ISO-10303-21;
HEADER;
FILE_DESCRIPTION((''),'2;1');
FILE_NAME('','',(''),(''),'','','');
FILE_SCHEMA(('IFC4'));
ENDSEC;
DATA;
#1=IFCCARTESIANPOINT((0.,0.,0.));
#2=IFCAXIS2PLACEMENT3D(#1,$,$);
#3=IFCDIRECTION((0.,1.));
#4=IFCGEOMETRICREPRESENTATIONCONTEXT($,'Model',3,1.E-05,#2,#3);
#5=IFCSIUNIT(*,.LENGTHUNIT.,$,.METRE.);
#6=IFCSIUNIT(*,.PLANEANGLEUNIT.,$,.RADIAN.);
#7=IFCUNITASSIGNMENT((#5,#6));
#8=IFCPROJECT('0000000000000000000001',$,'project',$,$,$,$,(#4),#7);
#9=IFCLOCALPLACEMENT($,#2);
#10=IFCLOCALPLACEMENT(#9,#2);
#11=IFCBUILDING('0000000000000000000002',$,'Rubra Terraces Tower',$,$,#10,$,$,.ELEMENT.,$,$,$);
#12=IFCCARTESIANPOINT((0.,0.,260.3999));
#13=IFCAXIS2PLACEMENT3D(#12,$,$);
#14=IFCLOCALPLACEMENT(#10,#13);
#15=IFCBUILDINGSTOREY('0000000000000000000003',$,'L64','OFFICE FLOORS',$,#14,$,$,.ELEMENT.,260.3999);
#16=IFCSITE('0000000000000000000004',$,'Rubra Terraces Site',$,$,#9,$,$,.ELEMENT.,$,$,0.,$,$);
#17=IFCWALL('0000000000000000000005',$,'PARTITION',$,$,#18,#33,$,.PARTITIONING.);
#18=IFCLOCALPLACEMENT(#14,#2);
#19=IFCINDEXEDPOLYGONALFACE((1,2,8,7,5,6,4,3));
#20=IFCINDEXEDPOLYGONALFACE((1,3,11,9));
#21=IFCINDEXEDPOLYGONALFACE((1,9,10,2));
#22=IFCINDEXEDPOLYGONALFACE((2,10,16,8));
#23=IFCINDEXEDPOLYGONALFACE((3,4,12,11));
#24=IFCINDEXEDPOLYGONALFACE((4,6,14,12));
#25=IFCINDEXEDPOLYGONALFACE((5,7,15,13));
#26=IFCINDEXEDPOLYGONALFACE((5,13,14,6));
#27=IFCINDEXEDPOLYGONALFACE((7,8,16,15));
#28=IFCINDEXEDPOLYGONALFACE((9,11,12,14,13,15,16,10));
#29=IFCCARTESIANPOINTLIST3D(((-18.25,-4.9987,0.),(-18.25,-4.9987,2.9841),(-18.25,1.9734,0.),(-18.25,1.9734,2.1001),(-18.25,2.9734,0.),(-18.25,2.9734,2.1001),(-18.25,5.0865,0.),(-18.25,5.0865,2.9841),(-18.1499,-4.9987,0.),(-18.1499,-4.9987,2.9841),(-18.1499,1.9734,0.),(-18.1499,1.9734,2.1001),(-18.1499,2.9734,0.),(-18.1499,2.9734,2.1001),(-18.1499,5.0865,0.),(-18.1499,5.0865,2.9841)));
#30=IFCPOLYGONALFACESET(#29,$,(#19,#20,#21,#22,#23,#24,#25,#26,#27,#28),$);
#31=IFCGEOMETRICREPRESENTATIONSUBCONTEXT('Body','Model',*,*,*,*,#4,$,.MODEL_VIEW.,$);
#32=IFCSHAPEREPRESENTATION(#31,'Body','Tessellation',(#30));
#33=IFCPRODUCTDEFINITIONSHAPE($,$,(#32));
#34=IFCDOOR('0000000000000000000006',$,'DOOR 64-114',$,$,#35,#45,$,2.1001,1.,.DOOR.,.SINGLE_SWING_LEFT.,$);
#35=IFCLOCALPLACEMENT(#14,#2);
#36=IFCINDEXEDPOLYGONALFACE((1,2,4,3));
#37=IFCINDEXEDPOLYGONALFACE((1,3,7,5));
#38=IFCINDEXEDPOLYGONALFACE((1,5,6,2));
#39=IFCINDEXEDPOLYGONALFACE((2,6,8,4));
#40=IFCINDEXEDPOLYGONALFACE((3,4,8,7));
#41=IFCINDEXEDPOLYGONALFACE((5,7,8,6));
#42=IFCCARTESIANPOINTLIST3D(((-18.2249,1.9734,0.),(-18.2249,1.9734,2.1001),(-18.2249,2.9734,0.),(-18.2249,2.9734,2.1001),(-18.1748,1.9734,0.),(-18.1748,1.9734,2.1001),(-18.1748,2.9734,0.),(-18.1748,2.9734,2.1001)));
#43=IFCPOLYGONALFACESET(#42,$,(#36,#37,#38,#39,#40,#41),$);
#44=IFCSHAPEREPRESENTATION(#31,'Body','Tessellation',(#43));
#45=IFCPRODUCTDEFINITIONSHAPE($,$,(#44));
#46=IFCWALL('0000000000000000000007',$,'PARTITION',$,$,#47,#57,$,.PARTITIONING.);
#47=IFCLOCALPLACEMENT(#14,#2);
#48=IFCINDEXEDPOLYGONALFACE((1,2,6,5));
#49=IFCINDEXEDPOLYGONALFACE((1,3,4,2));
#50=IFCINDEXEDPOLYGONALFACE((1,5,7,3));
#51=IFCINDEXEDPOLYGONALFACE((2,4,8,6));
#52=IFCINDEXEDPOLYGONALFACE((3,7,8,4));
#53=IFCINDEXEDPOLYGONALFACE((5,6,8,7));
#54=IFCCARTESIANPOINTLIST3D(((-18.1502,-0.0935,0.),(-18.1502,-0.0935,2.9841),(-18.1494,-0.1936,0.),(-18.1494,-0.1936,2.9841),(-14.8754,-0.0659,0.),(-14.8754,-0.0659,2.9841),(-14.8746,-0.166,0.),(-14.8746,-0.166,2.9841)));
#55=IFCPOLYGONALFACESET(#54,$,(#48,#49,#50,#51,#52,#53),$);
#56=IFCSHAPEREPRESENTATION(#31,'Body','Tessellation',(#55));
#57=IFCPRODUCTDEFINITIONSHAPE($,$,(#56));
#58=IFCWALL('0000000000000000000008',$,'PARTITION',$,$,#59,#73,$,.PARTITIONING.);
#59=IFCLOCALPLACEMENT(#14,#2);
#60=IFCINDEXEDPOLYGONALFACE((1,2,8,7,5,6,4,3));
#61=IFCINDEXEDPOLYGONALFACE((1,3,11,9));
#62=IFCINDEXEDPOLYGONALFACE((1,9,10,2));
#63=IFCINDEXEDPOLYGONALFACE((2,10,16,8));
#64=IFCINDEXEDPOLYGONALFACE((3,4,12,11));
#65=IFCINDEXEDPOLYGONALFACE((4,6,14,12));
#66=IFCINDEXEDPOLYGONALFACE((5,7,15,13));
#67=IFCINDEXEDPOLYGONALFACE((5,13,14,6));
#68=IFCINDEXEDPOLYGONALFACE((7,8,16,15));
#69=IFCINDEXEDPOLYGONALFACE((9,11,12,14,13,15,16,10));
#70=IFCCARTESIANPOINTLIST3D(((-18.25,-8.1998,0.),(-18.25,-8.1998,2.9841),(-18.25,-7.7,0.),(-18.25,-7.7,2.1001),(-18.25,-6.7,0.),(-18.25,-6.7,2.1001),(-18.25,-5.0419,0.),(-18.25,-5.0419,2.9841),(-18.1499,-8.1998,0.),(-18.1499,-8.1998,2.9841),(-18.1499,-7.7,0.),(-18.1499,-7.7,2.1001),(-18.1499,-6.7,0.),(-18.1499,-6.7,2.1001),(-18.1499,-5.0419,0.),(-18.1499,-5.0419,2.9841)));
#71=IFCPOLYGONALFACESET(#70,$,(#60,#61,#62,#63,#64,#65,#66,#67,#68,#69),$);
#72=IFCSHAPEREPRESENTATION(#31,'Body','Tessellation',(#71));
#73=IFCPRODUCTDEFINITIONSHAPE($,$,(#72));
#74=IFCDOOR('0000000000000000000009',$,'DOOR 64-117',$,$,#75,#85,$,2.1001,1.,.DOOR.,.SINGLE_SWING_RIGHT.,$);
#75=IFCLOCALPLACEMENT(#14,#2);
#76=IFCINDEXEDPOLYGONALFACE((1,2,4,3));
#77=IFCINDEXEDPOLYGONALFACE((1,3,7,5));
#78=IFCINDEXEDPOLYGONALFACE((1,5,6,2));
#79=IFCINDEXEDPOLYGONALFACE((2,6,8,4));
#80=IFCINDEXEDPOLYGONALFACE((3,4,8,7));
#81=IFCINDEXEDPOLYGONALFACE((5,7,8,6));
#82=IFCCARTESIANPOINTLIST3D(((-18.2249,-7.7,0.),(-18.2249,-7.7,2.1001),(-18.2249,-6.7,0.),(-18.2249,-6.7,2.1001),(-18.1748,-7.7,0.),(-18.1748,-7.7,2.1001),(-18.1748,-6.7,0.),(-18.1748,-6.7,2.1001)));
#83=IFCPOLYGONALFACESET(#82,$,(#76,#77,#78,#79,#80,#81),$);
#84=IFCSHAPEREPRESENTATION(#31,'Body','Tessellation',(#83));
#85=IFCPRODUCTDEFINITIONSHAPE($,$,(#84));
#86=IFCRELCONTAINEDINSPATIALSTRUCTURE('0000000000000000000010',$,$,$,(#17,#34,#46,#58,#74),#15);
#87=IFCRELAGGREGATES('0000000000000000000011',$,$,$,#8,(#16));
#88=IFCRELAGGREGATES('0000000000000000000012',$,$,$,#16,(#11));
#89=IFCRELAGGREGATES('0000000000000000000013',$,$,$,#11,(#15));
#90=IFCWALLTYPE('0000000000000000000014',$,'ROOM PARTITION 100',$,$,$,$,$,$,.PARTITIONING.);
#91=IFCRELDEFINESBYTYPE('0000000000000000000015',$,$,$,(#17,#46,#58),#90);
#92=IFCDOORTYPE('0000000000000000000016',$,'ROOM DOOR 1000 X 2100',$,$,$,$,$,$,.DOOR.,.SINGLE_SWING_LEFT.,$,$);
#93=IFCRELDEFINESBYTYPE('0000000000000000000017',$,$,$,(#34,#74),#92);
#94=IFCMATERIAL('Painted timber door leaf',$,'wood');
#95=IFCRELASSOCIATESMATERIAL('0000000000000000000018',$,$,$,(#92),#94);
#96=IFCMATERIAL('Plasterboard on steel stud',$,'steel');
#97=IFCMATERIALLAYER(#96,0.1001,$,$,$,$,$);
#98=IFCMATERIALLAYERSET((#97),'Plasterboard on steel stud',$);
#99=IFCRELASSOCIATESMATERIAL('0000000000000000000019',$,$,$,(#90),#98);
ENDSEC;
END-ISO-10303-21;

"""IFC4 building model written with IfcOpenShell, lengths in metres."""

from ifc_helpers import new_model, si_unit, direction, frame, frame_2d, origin, place, context, subcontext, project, spatial, rectangle, extrude, material, layer, layer_set, type_object, element, fill, save


model = new_model("IFC4")

# Units and contexts
model_context = context("Model", 3, precision=1e-05, world=origin(), true_north=direction((0.0, 1.0)))
body_context = subcontext(model_context, "Body", "Model", "MODEL_VIEW")
ifc_project = project(units=[si_unit("LENGTHUNIT", "METRE"), si_unit("PLANEANGLEUNIT", "RADIAN")], contexts=[model_context])

# Site, building, storey
site_placement = place(None, origin())
site = spatial("IfcSite", under=ifc_project, at=site_placement, Name="Rubra Terraces Site", CompositionType="ELEMENT", RefElevation=0.0)
building_placement = place(site_placement, origin())
building = spatial("IfcBuilding", under=site, at=building_placement, Name="Rubra Terraces Tower", CompositionType="ELEMENT")
storey_placement = place(building_placement, frame((0.0, 0.0, 260.3999)))
storey = spatial("IfcBuildingStorey", under=building, at=storey_placement, Name="L64", Description="OFFICE FLOORS", CompositionType="ELEMENT", Elevation=260.3999)

# Shared definitions
ifc_material_1 = material(Name="Painted timber door leaf", Category="wood")
door_type_1 = type_object("IfcDoorType", Name="ROOM DOOR 1000 X 2100", OperationType="SINGLE_SWING_LEFT", PredefinedType="DOOR", material=ifc_material_1)

# Wall, opening, door
ifc_material_2 = material(Name="Plasterboard on steel stud", Category="steel")
ifc_layer_1 = layer(ifc_material_2, 0.1001)
ifc_layer_set_1 = layer_set([ifc_layer_1], Name="Plasterboard on steel stud")
wall_type_1 = type_object("IfcWallType", Name="ROOM PARTITION 100", PredefinedType="PARTITIONING", material=ifc_layer_set_1)
wall_1_placement = place(storey_placement, frame((-18.2, -4.9985, 0.0), z_axis=(0.0, 0.0, 1.0), x_axis=(0.0, 1.0, 0.0)))
wall_1 = element("IfcWall", 1, at=wall_1_placement, inside=storey, type_object=wall_type_1, Name="PARTITION", PredefinedType="PARTITIONING", context=body_context, shape_type="SweptSolid", body=[
    extrude(rectangle(XDim=10.0852, YDim=0.1001, at=frame_2d((5.0425, 0.0))), origin(), (0.0, 0.0, 1.0), 2.9841),
])
opening_1_placement = place(wall_1_placement, frame((6.9719, 0.0, 0.0)))
opening_1 = element("IfcOpeningElement", 2, at=opening_1_placement, cuts=wall_1, PredefinedType="OPENING", context=body_context, shape_type="SweptSolid", body=[
    extrude(rectangle(XDim=1.0, YDim=2.1001, at=frame_2d((0.5, 1.05))), frame((0.0, 0.0601, 0.0), z_axis=(0.0, -1.0, 0.0), x_axis=(1.0, 0.0, 0.0)), (0.0, 0.0, 1.0), 0.1201),
])
door_1_placement = place(opening_1_placement, origin())
door_1 = element("IfcDoor", 3, at=door_1_placement, inside=storey, type_object=door_type_1, Name="DOOR 64-114", OperationType="SINGLE_SWING_LEFT", OverallHeight=2.1001, OverallWidth=1.0, PredefinedType="DOOR", context=body_context, shape_type="SweptSolid", body=[
    extrude(rectangle(XDim=1.0, YDim=2.1001, at=frame_2d((0.5, 1.05))), frame((0.0, 0.0249, 0.0), z_axis=(0.0, -1.0, 0.0), x_axis=(1.0, 0.0, 0.0)), (0.0, 0.0, 1.0), 0.05),
])
fill(opening_1, door_1)

# Wall
wall_2_placement = place(storey_placement, frame((-14.875, -0.116, 0.0), z_axis=(0.0, 0.0, 1.0), x_axis=(-0.999965, -0.008424, 0.0)))
element("IfcWall", 4, at=wall_2_placement, inside=storey, type_object=wall_type_1, Name="PARTITION", PredefinedType="PARTITIONING", context=body_context, shape_type="SweptSolid", body=[
    extrude(rectangle(XDim=3.2749, YDim=0.1001, at=frame_2d((1.6375, 0.0))), origin(), (0.0, 0.0, 1.0), 2.9841),
])

# Wall, opening, door
wall_3_placement = place(storey_placement, frame((-18.2, -8.2, 0.0), z_axis=(0.0, 0.0, 1.0), x_axis=(0.0, 1.0, 0.0)))
wall_3 = element("IfcWall", 5, at=wall_3_placement, inside=storey, type_object=wall_type_1, Name="PARTITION", PredefinedType="PARTITIONING", context=body_context, shape_type="SweptSolid", body=[
    extrude(rectangle(XDim=3.158, YDim=0.1001, at=frame_2d((1.5791, 0.0))), origin(), (0.0, 0.0, 1.0), 2.9841),
])
opening_2_placement = place(wall_3_placement, frame((0.5, 0.0, 0.0)))
opening_2 = element("IfcOpeningElement", 6, at=opening_2_placement, cuts=wall_3, PredefinedType="OPENING", context=body_context, shape_type="SweptSolid", body=[
    extrude(rectangle(XDim=1.0, YDim=2.1001, at=frame_2d((0.5, 1.05))), frame((0.0, 0.0601, 0.0), z_axis=(0.0, -1.0, 0.0), x_axis=(1.0, 0.0, 0.0)), (0.0, 0.0, 1.0), 0.1201),
])
door_2_placement = place(opening_2_placement, origin())
door_2 = element("IfcDoor", 7, at=door_2_placement, inside=storey, type_object=door_type_1, Name="DOOR 64-117", OperationType="SINGLE_SWING_RIGHT", OverallHeight=2.1001, OverallWidth=1.0, PredefinedType="DOOR", context=body_context, shape_type="SweptSolid", body=[
    extrude(rectangle(XDim=1.0, YDim=2.1001, at=frame_2d((0.5, 1.05))), frame((0.0, 0.0249, 0.0), z_axis=(0.0, -1.0, 0.0), x_axis=(1.0, 0.0, 0.0)), (0.0, 0.0, 1.0), 0.05),
])
fill(opening_2, door_2)

save(model, "model.ifc")
